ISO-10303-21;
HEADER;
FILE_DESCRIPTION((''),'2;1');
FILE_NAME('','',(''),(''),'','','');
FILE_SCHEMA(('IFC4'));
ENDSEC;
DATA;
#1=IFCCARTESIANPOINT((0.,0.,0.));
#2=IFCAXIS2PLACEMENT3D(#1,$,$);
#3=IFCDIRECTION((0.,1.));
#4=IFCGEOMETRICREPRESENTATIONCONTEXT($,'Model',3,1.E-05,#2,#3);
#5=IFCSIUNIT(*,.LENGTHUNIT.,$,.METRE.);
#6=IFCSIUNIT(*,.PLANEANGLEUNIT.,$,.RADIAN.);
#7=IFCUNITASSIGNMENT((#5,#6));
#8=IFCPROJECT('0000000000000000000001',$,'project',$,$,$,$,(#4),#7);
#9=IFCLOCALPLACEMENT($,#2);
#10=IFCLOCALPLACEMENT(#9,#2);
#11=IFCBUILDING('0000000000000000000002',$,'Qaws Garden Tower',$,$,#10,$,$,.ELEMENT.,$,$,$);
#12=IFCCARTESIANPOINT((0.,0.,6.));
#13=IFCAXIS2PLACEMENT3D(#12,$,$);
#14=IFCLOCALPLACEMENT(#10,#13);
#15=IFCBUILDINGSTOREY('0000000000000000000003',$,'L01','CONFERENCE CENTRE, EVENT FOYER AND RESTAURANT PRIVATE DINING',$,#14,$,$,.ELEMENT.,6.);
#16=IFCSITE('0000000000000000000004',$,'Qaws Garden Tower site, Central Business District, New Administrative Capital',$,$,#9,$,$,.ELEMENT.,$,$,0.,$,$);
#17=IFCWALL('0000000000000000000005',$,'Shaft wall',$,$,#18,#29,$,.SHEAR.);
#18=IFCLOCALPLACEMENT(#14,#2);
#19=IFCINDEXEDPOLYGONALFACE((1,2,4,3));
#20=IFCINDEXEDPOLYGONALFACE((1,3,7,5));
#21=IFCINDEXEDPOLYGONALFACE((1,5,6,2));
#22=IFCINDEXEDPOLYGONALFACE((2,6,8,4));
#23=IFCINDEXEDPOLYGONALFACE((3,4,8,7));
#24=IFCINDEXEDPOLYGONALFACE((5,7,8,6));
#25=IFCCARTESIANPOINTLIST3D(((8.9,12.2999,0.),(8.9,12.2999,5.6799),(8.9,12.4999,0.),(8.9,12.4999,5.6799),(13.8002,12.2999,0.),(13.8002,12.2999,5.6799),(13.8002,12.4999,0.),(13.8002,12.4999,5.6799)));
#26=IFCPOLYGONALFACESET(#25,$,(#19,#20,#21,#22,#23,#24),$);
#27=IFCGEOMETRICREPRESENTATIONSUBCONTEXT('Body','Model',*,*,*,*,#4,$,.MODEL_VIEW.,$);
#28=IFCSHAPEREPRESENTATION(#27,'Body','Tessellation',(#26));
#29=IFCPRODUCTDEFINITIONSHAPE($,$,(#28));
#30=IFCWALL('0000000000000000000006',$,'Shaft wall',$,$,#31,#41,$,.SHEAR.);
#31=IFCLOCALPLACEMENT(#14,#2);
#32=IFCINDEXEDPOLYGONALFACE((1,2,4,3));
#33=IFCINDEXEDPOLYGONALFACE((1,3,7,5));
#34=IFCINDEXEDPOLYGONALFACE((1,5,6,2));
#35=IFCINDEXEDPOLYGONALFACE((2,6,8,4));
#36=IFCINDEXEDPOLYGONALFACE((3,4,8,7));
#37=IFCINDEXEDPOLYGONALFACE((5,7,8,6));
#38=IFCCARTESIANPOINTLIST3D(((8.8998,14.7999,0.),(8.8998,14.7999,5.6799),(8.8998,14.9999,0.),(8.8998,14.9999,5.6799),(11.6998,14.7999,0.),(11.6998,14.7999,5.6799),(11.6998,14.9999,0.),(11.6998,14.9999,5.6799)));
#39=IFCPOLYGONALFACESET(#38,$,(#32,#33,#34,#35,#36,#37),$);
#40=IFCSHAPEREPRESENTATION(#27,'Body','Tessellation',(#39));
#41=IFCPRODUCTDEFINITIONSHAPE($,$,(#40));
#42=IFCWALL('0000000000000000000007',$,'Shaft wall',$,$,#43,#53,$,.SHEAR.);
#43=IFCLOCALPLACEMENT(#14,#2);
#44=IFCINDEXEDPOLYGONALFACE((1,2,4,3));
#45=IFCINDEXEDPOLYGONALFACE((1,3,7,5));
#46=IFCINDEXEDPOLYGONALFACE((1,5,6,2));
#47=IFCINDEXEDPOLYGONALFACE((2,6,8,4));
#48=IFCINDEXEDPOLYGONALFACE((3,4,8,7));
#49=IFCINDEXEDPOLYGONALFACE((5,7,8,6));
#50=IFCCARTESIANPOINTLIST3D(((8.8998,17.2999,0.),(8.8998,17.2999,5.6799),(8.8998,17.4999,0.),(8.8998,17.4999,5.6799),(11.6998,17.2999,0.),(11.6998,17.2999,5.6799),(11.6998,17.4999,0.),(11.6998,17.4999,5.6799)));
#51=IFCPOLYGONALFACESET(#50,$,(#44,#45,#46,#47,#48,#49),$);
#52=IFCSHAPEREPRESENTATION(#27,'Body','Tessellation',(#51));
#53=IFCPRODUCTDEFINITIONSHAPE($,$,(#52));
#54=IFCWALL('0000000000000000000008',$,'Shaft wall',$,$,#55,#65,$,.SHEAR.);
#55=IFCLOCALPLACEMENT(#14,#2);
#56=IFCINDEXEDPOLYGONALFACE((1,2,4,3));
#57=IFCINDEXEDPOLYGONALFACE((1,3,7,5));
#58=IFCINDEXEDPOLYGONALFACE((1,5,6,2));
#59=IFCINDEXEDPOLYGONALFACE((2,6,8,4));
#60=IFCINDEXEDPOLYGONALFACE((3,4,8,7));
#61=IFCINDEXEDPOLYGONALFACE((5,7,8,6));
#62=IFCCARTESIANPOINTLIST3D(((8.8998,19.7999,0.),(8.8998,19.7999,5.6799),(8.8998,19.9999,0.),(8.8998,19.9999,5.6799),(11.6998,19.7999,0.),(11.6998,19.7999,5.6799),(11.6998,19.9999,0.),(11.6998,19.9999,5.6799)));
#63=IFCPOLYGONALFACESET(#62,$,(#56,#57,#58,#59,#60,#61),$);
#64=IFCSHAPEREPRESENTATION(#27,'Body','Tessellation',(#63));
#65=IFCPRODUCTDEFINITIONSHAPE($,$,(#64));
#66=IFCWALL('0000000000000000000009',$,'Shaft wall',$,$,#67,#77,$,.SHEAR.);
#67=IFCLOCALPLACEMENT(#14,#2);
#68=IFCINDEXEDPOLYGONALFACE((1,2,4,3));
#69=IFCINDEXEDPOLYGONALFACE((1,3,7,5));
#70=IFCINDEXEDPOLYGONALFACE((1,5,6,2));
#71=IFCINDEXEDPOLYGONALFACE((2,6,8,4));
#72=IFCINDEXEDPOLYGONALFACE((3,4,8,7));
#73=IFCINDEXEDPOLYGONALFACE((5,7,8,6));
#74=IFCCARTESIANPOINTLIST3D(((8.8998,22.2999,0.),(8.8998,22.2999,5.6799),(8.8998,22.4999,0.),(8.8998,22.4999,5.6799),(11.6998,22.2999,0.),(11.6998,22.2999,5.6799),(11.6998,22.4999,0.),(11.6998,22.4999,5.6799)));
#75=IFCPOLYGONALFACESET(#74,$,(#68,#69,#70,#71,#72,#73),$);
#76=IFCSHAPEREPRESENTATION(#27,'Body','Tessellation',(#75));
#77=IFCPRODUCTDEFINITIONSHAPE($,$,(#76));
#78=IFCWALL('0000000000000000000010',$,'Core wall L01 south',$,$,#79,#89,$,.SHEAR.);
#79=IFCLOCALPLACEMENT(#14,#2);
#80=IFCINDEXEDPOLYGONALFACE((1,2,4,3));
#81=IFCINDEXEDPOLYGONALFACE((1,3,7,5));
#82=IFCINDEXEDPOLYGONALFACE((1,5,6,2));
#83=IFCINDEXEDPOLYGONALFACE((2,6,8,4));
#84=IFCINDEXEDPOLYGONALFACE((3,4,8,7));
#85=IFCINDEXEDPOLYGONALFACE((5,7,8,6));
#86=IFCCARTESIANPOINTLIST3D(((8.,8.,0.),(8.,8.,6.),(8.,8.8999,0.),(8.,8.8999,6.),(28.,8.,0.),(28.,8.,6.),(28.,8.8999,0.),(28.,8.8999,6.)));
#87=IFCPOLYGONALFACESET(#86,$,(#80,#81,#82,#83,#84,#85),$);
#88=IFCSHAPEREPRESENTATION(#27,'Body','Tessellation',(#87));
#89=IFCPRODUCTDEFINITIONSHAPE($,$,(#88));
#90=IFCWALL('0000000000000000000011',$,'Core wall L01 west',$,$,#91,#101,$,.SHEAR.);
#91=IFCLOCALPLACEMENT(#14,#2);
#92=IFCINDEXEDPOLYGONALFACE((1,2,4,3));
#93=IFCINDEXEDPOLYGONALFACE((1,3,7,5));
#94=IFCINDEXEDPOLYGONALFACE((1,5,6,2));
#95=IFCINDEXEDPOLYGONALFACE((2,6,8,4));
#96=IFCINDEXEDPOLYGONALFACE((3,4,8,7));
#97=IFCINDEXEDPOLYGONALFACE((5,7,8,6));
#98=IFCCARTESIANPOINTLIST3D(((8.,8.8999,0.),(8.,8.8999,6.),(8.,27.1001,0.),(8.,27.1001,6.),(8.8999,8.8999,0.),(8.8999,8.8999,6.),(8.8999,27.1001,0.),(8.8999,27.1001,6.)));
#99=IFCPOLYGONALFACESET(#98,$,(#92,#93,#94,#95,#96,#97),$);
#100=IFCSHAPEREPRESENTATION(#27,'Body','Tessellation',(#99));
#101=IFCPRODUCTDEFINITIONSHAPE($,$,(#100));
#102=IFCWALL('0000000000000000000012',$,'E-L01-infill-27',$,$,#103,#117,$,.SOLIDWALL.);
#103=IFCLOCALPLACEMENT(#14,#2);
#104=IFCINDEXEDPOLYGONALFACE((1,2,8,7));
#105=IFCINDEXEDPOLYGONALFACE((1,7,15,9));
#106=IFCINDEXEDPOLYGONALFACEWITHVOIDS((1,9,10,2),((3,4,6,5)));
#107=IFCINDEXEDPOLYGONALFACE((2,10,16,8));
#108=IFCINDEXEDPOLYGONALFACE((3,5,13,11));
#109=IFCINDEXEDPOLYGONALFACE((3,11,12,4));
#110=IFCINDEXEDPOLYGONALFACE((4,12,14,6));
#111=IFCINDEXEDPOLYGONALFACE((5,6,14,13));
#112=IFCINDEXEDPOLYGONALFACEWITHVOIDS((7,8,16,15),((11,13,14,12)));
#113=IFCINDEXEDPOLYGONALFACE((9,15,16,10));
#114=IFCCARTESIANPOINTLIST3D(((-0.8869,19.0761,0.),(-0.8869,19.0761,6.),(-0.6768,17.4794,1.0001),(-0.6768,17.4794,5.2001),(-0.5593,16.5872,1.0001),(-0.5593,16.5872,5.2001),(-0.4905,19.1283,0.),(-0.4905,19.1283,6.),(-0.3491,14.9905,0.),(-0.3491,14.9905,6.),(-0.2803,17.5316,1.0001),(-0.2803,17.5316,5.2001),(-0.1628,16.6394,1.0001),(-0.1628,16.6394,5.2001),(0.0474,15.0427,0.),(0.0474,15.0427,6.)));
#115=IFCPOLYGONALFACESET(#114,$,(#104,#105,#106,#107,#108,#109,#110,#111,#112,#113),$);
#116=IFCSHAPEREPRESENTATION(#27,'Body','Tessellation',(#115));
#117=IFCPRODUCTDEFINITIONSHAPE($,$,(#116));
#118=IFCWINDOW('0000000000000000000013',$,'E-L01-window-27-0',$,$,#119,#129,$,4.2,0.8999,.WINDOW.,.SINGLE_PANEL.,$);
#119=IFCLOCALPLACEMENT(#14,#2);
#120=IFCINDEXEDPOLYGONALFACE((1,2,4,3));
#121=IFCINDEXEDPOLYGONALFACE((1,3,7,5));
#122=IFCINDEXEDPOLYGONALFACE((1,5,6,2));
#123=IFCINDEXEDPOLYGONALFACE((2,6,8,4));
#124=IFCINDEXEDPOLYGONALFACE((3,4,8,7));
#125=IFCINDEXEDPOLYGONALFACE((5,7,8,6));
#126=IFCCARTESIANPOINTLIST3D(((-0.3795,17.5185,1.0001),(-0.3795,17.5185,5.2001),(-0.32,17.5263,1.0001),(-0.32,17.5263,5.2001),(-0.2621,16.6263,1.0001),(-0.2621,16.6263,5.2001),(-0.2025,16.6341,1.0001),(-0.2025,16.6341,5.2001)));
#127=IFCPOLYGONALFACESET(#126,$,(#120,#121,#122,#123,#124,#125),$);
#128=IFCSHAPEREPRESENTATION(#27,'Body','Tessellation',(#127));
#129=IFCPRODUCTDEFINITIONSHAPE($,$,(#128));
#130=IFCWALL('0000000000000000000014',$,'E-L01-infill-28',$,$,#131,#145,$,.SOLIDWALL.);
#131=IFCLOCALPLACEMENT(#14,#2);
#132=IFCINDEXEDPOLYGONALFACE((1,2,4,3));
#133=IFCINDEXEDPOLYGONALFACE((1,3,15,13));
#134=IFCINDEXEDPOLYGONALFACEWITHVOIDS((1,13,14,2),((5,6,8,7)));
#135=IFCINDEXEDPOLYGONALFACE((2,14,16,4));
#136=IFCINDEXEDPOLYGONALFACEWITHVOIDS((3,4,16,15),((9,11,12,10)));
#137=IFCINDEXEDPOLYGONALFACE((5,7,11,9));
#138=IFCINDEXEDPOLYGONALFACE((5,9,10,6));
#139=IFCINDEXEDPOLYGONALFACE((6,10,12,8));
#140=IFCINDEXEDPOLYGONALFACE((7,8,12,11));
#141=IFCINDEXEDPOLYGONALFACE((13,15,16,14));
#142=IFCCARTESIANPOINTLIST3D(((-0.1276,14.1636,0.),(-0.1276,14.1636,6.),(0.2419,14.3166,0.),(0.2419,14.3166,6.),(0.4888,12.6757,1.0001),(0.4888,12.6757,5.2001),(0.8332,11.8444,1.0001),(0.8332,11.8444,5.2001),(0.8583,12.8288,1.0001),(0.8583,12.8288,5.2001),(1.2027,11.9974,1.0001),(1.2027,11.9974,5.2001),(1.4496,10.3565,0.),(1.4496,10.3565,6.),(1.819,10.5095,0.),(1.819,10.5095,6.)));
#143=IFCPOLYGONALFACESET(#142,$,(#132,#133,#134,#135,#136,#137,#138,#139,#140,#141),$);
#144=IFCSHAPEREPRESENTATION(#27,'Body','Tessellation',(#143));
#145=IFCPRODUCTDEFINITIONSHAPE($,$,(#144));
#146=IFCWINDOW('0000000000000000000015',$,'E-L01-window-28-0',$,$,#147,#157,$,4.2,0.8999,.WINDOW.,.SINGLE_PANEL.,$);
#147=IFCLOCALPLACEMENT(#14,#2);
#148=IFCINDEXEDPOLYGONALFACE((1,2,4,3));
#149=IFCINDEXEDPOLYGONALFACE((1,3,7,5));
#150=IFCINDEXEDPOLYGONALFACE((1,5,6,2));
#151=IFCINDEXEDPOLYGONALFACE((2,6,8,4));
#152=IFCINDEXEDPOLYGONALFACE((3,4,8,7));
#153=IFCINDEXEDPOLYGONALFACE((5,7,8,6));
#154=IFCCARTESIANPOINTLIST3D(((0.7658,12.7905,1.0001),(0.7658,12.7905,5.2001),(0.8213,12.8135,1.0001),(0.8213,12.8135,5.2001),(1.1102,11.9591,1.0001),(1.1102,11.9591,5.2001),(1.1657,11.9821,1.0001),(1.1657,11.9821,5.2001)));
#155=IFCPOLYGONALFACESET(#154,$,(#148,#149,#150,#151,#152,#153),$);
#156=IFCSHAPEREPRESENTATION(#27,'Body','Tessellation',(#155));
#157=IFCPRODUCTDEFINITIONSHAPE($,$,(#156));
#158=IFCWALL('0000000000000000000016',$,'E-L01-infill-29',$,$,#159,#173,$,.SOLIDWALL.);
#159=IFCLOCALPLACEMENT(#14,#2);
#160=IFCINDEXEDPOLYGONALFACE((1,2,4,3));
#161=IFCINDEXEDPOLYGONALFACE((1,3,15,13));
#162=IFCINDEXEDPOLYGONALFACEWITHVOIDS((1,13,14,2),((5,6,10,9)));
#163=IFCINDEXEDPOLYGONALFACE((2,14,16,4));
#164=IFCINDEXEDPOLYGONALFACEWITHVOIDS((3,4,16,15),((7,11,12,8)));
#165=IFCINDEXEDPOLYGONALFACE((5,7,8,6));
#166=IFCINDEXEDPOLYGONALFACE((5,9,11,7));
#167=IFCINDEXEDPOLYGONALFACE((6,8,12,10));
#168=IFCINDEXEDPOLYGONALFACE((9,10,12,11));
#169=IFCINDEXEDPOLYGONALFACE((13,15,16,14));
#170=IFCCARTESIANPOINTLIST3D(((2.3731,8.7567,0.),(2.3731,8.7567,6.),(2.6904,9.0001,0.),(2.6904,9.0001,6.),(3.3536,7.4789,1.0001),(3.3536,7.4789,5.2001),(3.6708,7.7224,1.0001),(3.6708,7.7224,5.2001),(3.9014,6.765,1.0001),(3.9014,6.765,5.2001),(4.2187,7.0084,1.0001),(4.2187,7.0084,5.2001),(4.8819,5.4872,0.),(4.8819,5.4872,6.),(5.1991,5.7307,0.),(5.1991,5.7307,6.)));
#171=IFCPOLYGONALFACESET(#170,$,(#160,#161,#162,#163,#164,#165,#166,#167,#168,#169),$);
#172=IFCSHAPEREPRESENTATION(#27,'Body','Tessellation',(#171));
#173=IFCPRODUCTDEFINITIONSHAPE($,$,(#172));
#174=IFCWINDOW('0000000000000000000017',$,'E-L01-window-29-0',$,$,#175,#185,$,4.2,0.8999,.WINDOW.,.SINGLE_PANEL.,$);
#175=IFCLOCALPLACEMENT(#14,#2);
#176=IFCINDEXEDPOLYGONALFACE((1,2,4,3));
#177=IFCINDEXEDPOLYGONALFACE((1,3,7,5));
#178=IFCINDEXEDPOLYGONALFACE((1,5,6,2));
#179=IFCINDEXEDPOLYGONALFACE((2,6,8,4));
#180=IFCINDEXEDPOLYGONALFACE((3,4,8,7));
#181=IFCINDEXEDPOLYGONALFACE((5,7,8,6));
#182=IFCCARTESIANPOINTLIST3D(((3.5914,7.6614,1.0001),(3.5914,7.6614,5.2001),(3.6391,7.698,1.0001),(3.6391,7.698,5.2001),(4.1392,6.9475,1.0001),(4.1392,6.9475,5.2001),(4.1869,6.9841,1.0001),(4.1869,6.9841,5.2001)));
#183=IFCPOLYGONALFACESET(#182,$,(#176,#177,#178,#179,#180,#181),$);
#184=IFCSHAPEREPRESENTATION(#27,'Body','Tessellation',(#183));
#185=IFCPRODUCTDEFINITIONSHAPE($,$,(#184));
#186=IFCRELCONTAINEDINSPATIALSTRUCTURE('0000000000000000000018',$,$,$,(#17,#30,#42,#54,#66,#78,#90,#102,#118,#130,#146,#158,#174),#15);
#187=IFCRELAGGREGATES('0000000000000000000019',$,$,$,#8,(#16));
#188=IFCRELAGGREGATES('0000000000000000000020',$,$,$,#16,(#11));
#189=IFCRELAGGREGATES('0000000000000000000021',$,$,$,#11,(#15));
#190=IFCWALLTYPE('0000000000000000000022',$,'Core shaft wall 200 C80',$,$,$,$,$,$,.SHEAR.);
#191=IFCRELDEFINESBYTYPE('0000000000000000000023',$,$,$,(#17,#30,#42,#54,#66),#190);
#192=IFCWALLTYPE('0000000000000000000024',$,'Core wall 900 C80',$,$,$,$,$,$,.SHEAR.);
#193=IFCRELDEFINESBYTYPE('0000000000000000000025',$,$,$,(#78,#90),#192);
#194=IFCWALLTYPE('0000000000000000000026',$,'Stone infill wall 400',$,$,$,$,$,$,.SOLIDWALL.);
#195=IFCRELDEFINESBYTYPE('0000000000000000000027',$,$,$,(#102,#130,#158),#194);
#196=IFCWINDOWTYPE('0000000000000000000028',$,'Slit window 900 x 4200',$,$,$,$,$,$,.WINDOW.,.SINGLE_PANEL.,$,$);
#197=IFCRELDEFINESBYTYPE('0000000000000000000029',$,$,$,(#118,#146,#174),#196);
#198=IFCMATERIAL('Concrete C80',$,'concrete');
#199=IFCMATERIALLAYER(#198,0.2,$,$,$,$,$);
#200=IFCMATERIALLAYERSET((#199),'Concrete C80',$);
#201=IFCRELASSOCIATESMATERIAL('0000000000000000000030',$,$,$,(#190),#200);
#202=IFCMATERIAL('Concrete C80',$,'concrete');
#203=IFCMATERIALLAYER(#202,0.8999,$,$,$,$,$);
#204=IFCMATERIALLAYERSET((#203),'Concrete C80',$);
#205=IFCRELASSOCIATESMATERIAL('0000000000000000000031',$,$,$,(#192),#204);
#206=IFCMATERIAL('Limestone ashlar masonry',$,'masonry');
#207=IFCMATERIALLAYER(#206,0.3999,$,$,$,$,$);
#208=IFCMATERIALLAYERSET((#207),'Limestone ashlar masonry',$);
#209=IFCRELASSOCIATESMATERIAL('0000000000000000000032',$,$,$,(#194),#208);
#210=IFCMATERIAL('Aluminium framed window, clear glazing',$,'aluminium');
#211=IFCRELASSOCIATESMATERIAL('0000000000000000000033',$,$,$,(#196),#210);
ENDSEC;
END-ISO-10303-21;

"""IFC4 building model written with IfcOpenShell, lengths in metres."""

from ifc_helpers import new_model, si_unit, direction, frame, frame_2d, origin, place, context, subcontext, project, spatial, rectangle, extrude, material, layer, layer_set, type_object, element, fill, save


model = new_model("IFC4")

# Units and contexts
model_context = context("Model", 3, precision=1e-05, world=origin(), true_north=direction((0.0, 1.0)))
body_context = subcontext(model_context, "Body", "Model", "MODEL_VIEW")
ifc_project = project(units=[si_unit("LENGTHUNIT", "METRE"), si_unit("PLANEANGLEUNIT", "RADIAN")], contexts=[model_context])

# Site, building, storey
site_placement = place(None, origin())
site = spatial("IfcSite", under=ifc_project, at=site_placement, Name="Qaws Garden Tower site, Central Business District, New Administrative Capital", CompositionType="ELEMENT", RefElevation=0.0)
building_placement = place(site_placement, origin())
building = spatial("IfcBuilding", under=site, at=building_placement, Name="Qaws Garden Tower", CompositionType="ELEMENT")
storey_placement = place(building_placement, frame((0.0, 0.0, 6.0)))
storey = spatial("IfcBuildingStorey", under=building, at=storey_placement, Name="L01", Description="CONFERENCE CENTRE, EVENT FOYER AND RESTAURANT PRIVATE DINING", CompositionType="ELEMENT", Elevation=6.0)

# Walls
ifc_material_1 = material(Name="Concrete C80", Category="concrete")
ifc_layer_1 = layer(ifc_material_1, 0.2)
ifc_layer_set_1 = layer_set([ifc_layer_1], Name="Concrete C80")
wall_type_1 = type_object("IfcWallType", Name="Core shaft wall 200 C80", PredefinedType="SHEAR", material=ifc_layer_set_1)
wall_1_placement = place(storey_placement, frame((8.8999, 12.3999, 0.0), z_axis=(0.0, 0.0, 1.0), x_axis=(1.0, 0.0, 0.0)))
element("IfcWall", 1, at=wall_1_placement, inside=storey, type_object=wall_type_1, Name="Shaft wall", PredefinedType="SHEAR", context=body_context, shape_type="SweptSolid", body=[
    extrude(rectangle(XDim=4.9001, YDim=0.2, at=frame_2d((2.4502, 0.0))), origin(), (0.0, 0.0, 1.0), 5.6799),
])
for number, where, z_axis, x_axis, name in (
    (2, (8.8999, 14.8999, 0.0), (0.0, 0.0, 1.0), (1.0, 0.0, 0.0), "Shaft wall"),
    (3, (8.8999, 17.3999, 0.0), (0.0, 0.0, 1.0), (1.0, 0.0, 0.0), "Shaft wall"),
    (4, (8.8999, 19.8999, 0.0), (0.0, 0.0, 1.0), (1.0, 0.0, 0.0), "Shaft wall"),
    (5, (8.8999, 22.3999, 0.0), (0.0, 0.0, 1.0), (1.0, 0.0, 0.0), "Shaft wall"),
):
    element("IfcWall", number, at=place(storey_placement, frame(where, z_axis=z_axis, x_axis=x_axis)), inside=storey, type_object=wall_type_1, Name=name, PredefinedType="SHEAR", context=body_context, shape_type="SweptSolid", body=[
        extrude(rectangle(XDim=2.8, YDim=0.2, at=frame_2d((1.3999, 0.0))), origin(), (0.0, 0.0, 1.0), 5.6799),
    ])
ifc_material_2 = material(Name="Concrete C80", Category="concrete")
ifc_layer_2 = layer(ifc_material_2, 0.8999)
ifc_layer_set_2 = layer_set([ifc_layer_2], Name="Concrete C80")
wall_type_2 = type_object("IfcWallType", Name="Core wall 900 C80", PredefinedType="SHEAR", material=ifc_layer_set_2)
wall_2_placement = place(storey_placement, frame((8.0, 8.45, 0.0), z_axis=(0.0, 0.0, 1.0), x_axis=(1.0, 0.0, 0.0)))
element("IfcWall", 6, at=wall_2_placement, inside=storey, type_object=wall_type_2, Name="Core wall L01 south", PredefinedType="SHEAR", context=body_context, shape_type="SweptSolid", body=[
    extrude(rectangle(XDim=20.0, YDim=0.8999, at=frame_2d((10.0, 0.0))), origin(), (0.0, 0.0, 1.0), 6.0),
])
wall_3_placement = place(storey_placement, frame((8.45, 27.1001, 0.0), z_axis=(0.0, 0.0, 1.0), x_axis=(0.0, -1.0, 0.0)))
element("IfcWall", 7, at=wall_3_placement, inside=storey, type_object=wall_type_2, Name="Core wall L01 west", PredefinedType="SHEAR", context=body_context, shape_type="SweptSolid", body=[
    extrude(rectangle(XDim=18.2002, YDim=0.8999, at=frame_2d((9.1001, 0.0))), origin(), (0.0, 0.0, 1.0), 6.0),
])

# Walls, openings, windows
ifc_material_3 = material(Name="Limestone ashlar masonry", Category="masonry")
ifc_layer_3 = layer(ifc_material_3, 0.3999)
ifc_layer_set_3 = layer_set([ifc_layer_3], Name="Limestone ashlar masonry")
wall_type_3 = type_object("IfcWallType", Name="Stone infill wall 400", PredefinedType="SOLIDWALL", material=ifc_layer_set_3)
wall_4_placement = place(storey_placement, frame((-0.6887, 19.1023, 0.0), z_axis=(0.0, 0.0, 1.0), x_axis=(0.130514, -0.991446, 0.0)))
wall_4 = element("IfcWall", 8, at=wall_4_placement, inside=storey, type_object=wall_type_3, Name="E-L01-infill-27", PredefinedType="SOLIDWALL", context=body_context, shape_type="SweptSolid", body=[
    extrude(rectangle(XDim=4.1208, YDim=0.3999, at=frame_2d((2.0605, 0.0))), origin(), (0.0, 0.0, 1.0), 6.0),
])
opening_1_placement = place(wall_4_placement, frame((1.6106, 0.0, 1.0)))
opening_1 = element("IfcOpeningElement", 9, at=opening_1_placement, cuts=wall_4, PredefinedType="OPENING", context=body_context, shape_type="SweptSolid", body=[
    extrude(rectangle(XDim=0.8999, YDim=4.2, at=frame_2d((0.45, 2.1001))), frame((0.0, 0.21, 0.0), z_axis=(0.0, -1.0, 0.0), x_axis=(1.0, 0.0, 0.0)), (0.0, 0.0, 1.0), 0.4199),
])
ifc_material_4 = material(Name="Aluminium framed window, clear glazing", Category="aluminium")
window_type = type_object("IfcWindowType", Name="Slit window 900 x 4200", PartitioningType="SINGLE_PANEL", PredefinedType="WINDOW", material=ifc_material_4)
window_1_placement = place(opening_1_placement, origin())
window_1 = element("IfcWindow", 10, at=window_1_placement, inside=storey, type_object=window_type, Name="E-L01-window-27-0", OverallHeight=4.2, OverallWidth=0.8999, PartitioningType="SINGLE_PANEL", PredefinedType="WINDOW", context=body_context, shape_type="SweptSolid", body=[
    extrude(rectangle(XDim=0.8999, YDim=4.2, at=frame_2d((0.45, 2.1001))), frame((0.0, 0.1599, 0.0), z_axis=(0.0, -1.0, 0.0), x_axis=(1.0, 0.0, 0.0)), (0.0, 0.0, 1.0), 0.0601),
])
fill(opening_1, window_1)
wall_5_placement = place(storey_placement, frame((0.0571, 14.2402, 0.0), z_axis=(0.0, 0.0, 1.0), x_axis=(0.382722, -0.923864, 0.0)))
wall_5 = element("IfcWall", 11, at=wall_5_placement, inside=storey, type_object=wall_type_3, Name="E-L01-infill-28", PredefinedType="SOLIDWALL", context=body_context, shape_type="SweptSolid", body=[
    extrude(rectangle(XDim=4.1208, YDim=0.3999, at=frame_2d((2.0605, 0.0))), origin(), (0.0, 0.0, 1.0), 6.0),
])
opening_2_placement = place(wall_5_placement, frame((1.6106, 0.0, 1.0)))
opening_2 = element("IfcOpeningElement", 12, at=opening_2_placement, cuts=wall_5, PredefinedType="OPENING", context=body_context, shape_type="SweptSolid", body=[
    extrude(rectangle(XDim=0.8999, YDim=4.2, at=frame_2d((0.45, 2.1001))), frame((0.0, 0.21, 0.0), z_axis=(0.0, -1.0, 0.0), x_axis=(1.0, 0.0, 0.0)), (0.0, 0.0, 1.0), 0.4199),
])
window_2_placement = place(opening_2_placement, origin())
window_2 = element("IfcWindow", 13, at=window_2_placement, inside=storey, type_object=window_type, Name="E-L01-window-28-0", OverallHeight=4.2, OverallWidth=0.8999, PartitioningType="SINGLE_PANEL", PredefinedType="WINDOW", context=body_context, shape_type="SweptSolid", body=[
    extrude(rectangle(XDim=0.8999, YDim=4.2, at=frame_2d((0.45, 2.1001))), frame((0.0, 0.1599, 0.0), z_axis=(0.0, -1.0, 0.0), x_axis=(1.0, 0.0, 0.0)), (0.0, 0.0, 1.0), 0.0601),
])
fill(opening_2, window_2)
wall_6_placement = place(storey_placement, frame((2.5317, 8.8784, 0.0), z_axis=(0.0, 0.0, 1.0), x_axis=(0.60876, -0.793355, 0.0)))
wall_6 = element("IfcWall", 14, at=wall_6_placement, inside=storey, type_object=wall_type_3, Name="E-L01-infill-29", PredefinedType="SOLIDWALL", context=body_context, shape_type="SweptSolid", body=[
    extrude(rectangle(XDim=4.1211, YDim=0.3999, at=frame_2d((2.0605, 0.0))), origin(), (0.0, 0.0, 1.0), 6.0),
])
opening_3_placement = place(wall_6_placement, frame((1.6106, 0.0, 1.0)))
opening_3 = element("IfcOpeningElement", 15, at=opening_3_placement, cuts=wall_6, PredefinedType="OPENING", context=body_context, shape_type="SweptSolid", body=[
    extrude(rectangle(XDim=0.8999, YDim=4.2, at=frame_2d((0.45, 2.1001))), frame((0.0, 0.21, 0.0), z_axis=(0.0, -1.0, 0.0), x_axis=(1.0, 0.0, 0.0)), (0.0, 0.0, 1.0), 0.4199),
])
window_3_placement = place(opening_3_placement, origin())
window_3 = element("IfcWindow", 16, at=window_3_placement, inside=storey, type_object=window_type, Name="E-L01-window-29-0", OverallHeight=4.2, OverallWidth=0.8999, PartitioningType="SINGLE_PANEL", PredefinedType="WINDOW", context=body_context, shape_type="SweptSolid", body=[
    extrude(rectangle(XDim=0.8999, YDim=4.2, at=frame_2d((0.45, 2.1001))), frame((0.0, 0.1599, 0.0), z_axis=(0.0, -1.0, 0.0), x_axis=(1.0, 0.0, 0.0)), (0.0, 0.0, 1.0), 0.0601),
])
fill(opening_3, window_3)

save(model, "model.ifc")
